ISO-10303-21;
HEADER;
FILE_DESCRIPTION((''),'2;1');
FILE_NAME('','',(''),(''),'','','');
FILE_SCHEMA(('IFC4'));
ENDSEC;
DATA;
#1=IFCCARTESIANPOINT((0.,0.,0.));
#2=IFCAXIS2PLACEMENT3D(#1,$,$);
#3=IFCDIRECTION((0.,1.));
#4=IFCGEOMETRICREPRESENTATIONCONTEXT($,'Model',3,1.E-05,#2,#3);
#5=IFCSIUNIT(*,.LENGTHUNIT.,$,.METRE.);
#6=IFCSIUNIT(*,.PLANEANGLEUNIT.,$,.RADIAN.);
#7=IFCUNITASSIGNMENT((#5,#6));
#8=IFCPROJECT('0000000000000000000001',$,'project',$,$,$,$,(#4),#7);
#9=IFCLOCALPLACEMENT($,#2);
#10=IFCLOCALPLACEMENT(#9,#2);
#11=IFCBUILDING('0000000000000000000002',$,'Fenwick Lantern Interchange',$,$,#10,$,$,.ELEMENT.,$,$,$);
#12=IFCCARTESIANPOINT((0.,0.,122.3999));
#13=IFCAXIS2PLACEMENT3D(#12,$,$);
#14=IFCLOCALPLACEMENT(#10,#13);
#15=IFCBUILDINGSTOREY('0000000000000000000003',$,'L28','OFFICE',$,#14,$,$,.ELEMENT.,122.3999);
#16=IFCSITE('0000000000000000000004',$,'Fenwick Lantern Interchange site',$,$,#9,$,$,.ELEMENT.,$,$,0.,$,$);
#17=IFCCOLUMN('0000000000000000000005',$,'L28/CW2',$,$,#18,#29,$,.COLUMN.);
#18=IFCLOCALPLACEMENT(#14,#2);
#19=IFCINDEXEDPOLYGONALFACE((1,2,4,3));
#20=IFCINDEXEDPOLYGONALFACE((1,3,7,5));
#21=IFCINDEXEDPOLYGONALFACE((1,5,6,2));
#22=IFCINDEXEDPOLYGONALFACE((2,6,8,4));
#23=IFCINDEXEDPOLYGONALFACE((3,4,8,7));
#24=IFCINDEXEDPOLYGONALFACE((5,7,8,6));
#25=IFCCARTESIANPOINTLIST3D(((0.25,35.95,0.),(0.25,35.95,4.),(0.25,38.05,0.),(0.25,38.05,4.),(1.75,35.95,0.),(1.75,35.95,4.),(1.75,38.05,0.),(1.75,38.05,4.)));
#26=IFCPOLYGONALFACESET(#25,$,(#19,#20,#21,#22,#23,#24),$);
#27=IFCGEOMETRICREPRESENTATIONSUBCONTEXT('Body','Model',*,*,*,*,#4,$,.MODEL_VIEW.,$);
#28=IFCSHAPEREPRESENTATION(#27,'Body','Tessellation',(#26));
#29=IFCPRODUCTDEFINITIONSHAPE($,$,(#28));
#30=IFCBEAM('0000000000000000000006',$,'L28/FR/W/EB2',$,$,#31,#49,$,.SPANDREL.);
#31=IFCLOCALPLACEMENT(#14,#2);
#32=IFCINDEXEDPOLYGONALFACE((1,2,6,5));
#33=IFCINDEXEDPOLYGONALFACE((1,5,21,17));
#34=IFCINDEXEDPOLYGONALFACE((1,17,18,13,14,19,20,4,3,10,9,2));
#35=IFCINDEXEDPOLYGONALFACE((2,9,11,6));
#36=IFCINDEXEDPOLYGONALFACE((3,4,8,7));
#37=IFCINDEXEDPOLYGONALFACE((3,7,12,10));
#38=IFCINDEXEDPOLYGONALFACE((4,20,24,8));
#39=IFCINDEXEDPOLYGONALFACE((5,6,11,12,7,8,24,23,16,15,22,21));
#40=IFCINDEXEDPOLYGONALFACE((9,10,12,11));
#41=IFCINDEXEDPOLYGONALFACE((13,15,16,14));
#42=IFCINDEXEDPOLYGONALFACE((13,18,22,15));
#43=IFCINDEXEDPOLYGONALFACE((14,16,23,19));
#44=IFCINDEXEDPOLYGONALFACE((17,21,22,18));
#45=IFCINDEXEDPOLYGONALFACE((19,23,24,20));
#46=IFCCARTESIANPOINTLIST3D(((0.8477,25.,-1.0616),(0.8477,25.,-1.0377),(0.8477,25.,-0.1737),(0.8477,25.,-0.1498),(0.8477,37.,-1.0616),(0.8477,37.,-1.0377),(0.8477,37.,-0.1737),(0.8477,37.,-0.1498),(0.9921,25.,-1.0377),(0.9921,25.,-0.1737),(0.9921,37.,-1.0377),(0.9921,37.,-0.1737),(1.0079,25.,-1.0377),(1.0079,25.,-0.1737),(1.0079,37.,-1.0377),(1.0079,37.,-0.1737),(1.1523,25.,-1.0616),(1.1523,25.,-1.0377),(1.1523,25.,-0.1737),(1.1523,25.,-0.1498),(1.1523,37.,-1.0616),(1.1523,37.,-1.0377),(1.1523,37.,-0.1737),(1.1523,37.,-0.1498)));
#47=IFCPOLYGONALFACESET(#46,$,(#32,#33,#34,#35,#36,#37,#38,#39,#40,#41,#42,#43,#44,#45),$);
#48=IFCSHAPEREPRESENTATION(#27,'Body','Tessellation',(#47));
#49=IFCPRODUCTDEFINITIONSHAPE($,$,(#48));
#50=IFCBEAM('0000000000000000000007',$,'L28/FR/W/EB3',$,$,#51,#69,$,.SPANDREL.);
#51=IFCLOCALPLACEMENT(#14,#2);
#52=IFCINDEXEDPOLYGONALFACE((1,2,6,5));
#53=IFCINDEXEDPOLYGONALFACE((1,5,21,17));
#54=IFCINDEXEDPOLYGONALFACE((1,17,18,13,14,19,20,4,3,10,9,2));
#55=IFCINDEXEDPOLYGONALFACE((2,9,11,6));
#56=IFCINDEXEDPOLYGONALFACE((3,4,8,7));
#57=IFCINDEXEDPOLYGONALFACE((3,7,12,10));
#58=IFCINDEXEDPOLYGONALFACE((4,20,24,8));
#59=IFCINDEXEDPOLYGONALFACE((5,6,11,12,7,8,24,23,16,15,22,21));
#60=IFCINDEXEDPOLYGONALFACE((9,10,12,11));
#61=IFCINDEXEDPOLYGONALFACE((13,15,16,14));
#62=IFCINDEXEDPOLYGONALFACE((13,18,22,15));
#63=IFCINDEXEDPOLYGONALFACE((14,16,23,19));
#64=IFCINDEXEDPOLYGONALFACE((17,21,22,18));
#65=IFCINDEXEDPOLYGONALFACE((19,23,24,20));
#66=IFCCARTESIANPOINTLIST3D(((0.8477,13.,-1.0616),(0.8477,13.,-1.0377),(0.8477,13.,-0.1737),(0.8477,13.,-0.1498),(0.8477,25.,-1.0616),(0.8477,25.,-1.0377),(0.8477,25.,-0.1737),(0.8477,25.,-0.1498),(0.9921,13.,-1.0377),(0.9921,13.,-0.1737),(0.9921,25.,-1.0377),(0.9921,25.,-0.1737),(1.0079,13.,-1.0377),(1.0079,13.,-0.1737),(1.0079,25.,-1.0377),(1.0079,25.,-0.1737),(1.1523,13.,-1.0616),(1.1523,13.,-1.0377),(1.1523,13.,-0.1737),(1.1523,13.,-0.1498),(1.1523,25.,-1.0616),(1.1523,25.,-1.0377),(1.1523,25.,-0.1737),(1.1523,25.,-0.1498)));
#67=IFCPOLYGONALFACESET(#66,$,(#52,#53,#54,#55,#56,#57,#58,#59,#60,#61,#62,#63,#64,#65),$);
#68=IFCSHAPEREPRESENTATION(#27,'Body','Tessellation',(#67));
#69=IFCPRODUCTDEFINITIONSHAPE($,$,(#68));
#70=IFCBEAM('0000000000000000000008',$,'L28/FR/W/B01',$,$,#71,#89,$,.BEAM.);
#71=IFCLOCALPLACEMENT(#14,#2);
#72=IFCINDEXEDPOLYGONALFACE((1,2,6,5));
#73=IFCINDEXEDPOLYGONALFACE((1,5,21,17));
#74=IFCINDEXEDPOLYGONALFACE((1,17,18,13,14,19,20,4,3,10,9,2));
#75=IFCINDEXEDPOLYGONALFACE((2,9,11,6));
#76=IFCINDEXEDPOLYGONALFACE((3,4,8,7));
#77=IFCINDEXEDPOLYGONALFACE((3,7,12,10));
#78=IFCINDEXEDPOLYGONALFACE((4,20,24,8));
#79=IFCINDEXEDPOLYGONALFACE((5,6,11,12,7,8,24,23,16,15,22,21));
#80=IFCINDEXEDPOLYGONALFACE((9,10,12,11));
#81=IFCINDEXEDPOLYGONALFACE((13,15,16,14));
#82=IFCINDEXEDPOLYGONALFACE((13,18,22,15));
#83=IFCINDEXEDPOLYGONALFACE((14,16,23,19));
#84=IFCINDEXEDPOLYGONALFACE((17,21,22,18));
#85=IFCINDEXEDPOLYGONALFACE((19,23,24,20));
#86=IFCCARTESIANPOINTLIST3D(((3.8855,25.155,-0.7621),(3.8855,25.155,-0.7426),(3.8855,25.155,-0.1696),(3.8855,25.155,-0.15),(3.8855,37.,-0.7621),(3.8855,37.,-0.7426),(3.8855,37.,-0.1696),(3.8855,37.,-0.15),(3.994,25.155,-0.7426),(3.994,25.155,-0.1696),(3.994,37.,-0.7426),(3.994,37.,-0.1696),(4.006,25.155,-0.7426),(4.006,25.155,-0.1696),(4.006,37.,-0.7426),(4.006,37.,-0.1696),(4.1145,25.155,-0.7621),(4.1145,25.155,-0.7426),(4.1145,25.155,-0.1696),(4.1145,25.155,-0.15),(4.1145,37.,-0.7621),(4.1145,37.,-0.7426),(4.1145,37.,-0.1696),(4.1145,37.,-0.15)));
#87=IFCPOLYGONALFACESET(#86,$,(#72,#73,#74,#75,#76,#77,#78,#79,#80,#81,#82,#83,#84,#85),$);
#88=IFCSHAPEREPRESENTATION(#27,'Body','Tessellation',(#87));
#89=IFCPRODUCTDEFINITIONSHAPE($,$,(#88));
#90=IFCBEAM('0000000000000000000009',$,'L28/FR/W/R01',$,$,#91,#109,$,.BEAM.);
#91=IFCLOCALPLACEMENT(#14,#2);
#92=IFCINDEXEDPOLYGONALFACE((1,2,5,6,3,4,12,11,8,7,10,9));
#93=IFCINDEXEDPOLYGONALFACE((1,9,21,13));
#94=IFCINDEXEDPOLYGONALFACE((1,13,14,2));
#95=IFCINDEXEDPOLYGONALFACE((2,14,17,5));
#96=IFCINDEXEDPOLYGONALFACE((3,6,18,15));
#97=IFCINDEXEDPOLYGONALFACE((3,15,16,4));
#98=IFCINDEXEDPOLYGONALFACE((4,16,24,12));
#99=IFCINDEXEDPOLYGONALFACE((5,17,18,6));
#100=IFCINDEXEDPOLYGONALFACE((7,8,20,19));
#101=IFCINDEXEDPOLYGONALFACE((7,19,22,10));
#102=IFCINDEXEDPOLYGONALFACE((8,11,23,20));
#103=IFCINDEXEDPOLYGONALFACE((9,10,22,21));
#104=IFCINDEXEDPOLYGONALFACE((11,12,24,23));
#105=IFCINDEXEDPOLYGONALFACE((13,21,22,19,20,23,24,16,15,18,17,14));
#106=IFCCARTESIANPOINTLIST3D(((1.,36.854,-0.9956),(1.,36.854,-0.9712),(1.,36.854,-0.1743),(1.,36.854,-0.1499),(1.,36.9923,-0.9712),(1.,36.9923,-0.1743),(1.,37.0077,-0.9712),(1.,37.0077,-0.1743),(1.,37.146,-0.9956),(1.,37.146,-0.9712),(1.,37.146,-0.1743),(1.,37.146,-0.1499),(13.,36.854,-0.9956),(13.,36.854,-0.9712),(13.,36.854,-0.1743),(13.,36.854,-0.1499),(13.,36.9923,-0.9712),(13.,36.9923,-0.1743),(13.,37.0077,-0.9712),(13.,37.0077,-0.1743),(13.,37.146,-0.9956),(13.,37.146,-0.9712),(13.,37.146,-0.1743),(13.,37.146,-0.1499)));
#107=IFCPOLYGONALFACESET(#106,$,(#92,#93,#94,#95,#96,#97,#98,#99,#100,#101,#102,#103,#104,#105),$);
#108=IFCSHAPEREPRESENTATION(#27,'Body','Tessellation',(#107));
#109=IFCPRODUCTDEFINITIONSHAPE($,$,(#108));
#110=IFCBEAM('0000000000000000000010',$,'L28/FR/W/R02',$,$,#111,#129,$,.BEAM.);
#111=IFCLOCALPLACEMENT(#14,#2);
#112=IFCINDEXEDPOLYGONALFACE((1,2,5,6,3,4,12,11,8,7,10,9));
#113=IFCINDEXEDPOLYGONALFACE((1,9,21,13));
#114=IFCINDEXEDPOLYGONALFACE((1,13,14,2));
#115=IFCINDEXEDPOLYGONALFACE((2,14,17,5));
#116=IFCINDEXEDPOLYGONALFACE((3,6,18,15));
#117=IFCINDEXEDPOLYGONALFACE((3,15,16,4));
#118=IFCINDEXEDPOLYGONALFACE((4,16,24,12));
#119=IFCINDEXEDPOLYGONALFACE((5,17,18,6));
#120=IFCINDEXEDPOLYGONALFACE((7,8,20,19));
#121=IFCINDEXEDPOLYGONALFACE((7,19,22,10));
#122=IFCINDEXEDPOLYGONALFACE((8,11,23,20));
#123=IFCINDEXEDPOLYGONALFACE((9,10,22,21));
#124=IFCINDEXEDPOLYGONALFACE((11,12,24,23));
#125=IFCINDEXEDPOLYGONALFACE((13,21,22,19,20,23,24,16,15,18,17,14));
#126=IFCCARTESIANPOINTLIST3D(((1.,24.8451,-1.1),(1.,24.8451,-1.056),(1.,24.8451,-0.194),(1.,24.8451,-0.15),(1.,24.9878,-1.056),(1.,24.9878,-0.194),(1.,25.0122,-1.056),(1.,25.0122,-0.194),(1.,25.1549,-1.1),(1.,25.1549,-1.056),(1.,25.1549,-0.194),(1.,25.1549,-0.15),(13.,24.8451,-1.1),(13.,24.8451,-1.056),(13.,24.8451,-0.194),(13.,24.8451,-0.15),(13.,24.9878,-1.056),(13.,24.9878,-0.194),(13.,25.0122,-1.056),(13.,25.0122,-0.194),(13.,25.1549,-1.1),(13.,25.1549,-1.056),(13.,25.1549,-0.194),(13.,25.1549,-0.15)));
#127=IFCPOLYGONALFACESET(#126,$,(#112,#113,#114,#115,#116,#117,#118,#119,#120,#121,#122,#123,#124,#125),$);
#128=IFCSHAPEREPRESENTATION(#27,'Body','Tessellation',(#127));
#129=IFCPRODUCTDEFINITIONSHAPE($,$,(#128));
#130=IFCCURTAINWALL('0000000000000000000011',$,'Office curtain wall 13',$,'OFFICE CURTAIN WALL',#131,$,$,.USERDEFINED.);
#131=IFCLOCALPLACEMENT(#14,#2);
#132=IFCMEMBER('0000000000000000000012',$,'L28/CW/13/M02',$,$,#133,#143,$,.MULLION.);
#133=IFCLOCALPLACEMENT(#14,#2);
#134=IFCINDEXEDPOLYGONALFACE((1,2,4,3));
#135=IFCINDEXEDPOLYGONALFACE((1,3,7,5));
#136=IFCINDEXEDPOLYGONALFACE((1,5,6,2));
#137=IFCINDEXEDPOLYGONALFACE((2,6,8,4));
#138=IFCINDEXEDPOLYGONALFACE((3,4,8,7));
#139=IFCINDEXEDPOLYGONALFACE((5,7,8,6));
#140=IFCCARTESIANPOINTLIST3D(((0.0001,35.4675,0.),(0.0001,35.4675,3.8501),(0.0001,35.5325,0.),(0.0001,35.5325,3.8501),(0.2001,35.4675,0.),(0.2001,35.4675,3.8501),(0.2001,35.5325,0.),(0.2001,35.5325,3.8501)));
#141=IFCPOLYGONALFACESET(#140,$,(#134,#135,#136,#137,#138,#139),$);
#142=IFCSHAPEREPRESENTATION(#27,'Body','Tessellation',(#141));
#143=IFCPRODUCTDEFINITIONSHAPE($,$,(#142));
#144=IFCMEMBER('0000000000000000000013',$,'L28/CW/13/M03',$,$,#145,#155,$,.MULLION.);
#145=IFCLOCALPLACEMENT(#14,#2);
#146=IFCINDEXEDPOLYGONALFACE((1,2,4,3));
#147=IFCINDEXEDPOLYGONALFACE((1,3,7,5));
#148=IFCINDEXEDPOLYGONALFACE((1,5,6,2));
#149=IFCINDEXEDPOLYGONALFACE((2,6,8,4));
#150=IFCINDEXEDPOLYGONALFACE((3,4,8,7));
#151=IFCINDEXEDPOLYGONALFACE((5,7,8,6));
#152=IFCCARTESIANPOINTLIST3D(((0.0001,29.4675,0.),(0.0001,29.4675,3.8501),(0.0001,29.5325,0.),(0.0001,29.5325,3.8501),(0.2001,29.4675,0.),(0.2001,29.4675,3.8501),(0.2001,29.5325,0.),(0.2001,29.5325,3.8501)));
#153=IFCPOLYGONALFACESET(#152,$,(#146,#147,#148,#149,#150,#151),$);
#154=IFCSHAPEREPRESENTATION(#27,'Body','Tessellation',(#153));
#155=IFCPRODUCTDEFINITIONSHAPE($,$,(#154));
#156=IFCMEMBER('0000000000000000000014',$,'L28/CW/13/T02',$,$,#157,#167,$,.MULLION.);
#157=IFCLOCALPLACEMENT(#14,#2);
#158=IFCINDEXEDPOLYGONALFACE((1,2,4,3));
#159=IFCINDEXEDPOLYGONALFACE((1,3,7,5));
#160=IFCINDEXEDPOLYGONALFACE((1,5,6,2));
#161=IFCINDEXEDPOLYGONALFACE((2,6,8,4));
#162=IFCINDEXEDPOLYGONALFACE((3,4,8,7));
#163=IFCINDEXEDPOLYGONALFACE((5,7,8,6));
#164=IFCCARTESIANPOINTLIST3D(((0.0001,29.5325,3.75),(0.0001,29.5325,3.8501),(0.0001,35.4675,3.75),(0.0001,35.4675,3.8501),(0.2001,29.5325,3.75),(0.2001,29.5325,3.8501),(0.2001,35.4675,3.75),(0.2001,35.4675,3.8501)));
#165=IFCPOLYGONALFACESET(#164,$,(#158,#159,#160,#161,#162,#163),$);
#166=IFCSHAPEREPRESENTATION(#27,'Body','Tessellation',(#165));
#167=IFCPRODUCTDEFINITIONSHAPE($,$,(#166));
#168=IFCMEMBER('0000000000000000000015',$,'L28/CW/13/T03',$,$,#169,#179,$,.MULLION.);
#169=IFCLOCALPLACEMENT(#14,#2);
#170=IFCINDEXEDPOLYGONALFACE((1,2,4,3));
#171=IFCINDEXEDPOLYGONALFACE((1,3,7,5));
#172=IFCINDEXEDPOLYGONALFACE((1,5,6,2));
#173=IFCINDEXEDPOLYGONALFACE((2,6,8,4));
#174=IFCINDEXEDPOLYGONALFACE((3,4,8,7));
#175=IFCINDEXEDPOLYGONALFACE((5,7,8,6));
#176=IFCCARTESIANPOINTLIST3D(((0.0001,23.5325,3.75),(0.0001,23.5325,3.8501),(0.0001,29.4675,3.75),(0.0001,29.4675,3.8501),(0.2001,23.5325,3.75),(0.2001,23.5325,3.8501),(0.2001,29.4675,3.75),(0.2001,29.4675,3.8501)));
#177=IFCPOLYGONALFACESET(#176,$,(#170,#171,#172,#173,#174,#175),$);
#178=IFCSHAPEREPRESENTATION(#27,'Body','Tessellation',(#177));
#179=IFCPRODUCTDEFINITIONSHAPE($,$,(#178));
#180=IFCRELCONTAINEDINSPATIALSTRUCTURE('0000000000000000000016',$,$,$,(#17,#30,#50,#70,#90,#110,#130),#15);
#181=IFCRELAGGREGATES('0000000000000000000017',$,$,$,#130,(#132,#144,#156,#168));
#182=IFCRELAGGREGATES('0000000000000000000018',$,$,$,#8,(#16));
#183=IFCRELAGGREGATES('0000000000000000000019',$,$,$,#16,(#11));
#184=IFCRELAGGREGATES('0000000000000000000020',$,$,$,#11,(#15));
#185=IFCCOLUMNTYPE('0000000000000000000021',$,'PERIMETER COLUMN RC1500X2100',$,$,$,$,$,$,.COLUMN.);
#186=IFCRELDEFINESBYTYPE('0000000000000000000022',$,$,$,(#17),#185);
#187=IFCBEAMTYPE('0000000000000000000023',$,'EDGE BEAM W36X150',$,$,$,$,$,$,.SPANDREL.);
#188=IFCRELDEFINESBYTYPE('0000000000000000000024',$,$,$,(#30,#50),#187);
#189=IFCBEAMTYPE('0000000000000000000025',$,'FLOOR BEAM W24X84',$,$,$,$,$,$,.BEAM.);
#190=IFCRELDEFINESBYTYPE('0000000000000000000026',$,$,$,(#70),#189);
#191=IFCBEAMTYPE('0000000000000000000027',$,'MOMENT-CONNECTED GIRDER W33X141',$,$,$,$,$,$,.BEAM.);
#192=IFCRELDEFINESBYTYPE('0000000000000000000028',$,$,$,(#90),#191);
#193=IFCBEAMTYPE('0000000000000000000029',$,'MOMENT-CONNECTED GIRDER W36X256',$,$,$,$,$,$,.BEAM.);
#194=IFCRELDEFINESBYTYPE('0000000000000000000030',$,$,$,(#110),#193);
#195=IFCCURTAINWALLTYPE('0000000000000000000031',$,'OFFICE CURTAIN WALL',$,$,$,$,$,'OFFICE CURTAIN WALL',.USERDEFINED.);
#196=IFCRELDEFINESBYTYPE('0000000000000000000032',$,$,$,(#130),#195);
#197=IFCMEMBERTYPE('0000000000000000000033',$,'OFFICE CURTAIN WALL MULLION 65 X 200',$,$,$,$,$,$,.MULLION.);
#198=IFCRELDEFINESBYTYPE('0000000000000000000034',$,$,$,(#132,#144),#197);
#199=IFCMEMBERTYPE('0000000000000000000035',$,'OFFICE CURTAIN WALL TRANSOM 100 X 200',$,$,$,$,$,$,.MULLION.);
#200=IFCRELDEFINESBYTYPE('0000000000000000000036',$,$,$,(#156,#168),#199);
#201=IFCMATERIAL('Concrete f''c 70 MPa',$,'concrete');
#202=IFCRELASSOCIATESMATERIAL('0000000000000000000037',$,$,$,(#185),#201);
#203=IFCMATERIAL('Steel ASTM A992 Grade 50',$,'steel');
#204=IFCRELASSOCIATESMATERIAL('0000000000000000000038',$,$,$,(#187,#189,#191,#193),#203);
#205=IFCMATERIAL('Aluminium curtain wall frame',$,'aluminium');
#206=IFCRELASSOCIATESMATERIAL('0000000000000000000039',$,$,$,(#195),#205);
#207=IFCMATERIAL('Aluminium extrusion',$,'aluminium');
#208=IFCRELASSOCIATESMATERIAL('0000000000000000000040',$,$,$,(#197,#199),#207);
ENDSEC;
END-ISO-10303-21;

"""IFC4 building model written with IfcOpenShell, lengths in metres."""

from ifc_helpers import new_model, si_unit, direction, frame, origin, origin_2d, place, context, subcontext, project, spatial, rectangle, i_section, extrude, material, material_profile, profile_set, type_object, element, aggregate, save


model = new_model("IFC4")

# Units and contexts
model_context = context("Model", 3, precision=1e-05, world=origin(), true_north=direction((0.0, 1.0)))
body_context = subcontext(model_context, "Body", "Model", "MODEL_VIEW")
ifc_project = project(units=[si_unit("LENGTHUNIT", "METRE"), si_unit("PLANEANGLEUNIT", "RADIAN")], contexts=[model_context])

# Site, building, storey
site_placement = place(None, origin())
site = spatial("IfcSite", under=ifc_project, at=site_placement, Name="Fenwick Lantern Interchange site", CompositionType="ELEMENT", RefElevation=0.0)
building_placement = place(site_placement, origin())
building = spatial("IfcBuilding", under=site, at=building_placement, Name="Fenwick Lantern Interchange", CompositionType="ELEMENT")
storey_placement = place(building_placement, frame((0.0, 0.0, 122.3999)))
storey = spatial("IfcBuildingStorey", under=building, at=storey_placement, Name="L28", Description="OFFICE", CompositionType="ELEMENT", Elevation=122.3999)

# Column
ifc_material_1 = material(Name="Concrete f'c 70 MPa", Category="concrete")
ifc_material_profile_1 = material_profile(ifc_material_1, rectangle(XDim=1.5, YDim=2.1001, at=origin_2d()), Name="RC1500X2100")
ifc_profile_set_1 = profile_set([ifc_material_profile_1], Name="Concrete f'c 70 MPa")
column_type = type_object("IfcColumnType", Name="PERIMETER COLUMN RC1500X2100", PredefinedType="COLUMN", material=ifc_profile_set_1)
column_placement = place(storey_placement, frame((1.0, 37.0, 0.0), z_axis=(0.0, 0.0, 1.0), x_axis=(1.0, 0.0, 0.0)))
element("IfcColumn", 1, at=column_placement, inside=storey, type_object=column_type, Name="L28/CW2", PredefinedType="COLUMN", context=body_context, shape_type="SweptSolid", body=[
    extrude(rectangle(XDim=1.5, YDim=2.1001, at=origin_2d()), origin(), (0.0, 0.0, 1.0), 4.0),
])

# Beams
ifc_material_2 = material(Name="Steel ASTM A992 Grade 50", Category="steel")
ifc_material_profile_2 = material_profile(ifc_material_2, i_section(OverallWidth=0.3047, OverallDepth=0.9119, WebThickness=0.0159, FlangeThickness=0.0239, at=origin_2d()), Name="W36X150")
ifc_profile_set_2 = profile_set([ifc_material_profile_2], Name="Steel ASTM A992 Grade 50")
beam_type_1 = type_object("IfcBeamType", Name="EDGE BEAM W36X150", PredefinedType="SPANDREL", material=ifc_profile_set_2)
for number, where, z_axis, x_axis, name in (
    (2, (1.0, 37.0, -0.6057), (0.0, -1.0, 0.0), (1.0, 0.0, 0.0), "L28/FR/W/EB2"),
    (3, (1.0, 25.0, -0.6057), (0.0, -1.0, 0.0), (1.0, 0.0, 0.0), "L28/FR/W/EB3"),
):
    element("IfcBeam", number, at=place(storey_placement, frame(where, z_axis=z_axis, x_axis=x_axis)), inside=storey, type_object=beam_type_1, Name=name, PredefinedType="SPANDREL", context=body_context, shape_type="SweptSolid", body=[
        extrude(i_section(OverallWidth=0.3047, OverallDepth=0.9119, WebThickness=0.0159, FlangeThickness=0.0239, at=origin_2d()), origin(), (0.0, 0.0, 1.0), 12.0),
    ])
ifc_material_profile_3 = material_profile(ifc_material_2, i_section(OverallWidth=0.229, OverallDepth=0.6121, WebThickness=0.012, FlangeThickness=0.0195, at=origin_2d()), Name="W24X84")
ifc_profile_set_3 = profile_set([ifc_material_profile_3], Name="Steel ASTM A992 Grade 50")
beam_type_2 = type_object("IfcBeamType", Name="FLOOR BEAM W24X84", PredefinedType="BEAM", material=ifc_profile_set_3)
beam_1_placement = place(storey_placement, frame((4.0, 37.0, -0.4561), z_axis=(0.0, -1.0, 0.0), x_axis=(1.0, 0.0, 0.0)))
element("IfcBeam", 4, at=beam_1_placement, inside=storey, type_object=beam_type_2, Name="L28/FR/W/B01", PredefinedType="BEAM", context=body_context, shape_type="SweptSolid", body=[
    extrude(i_section(OverallWidth=0.229, OverallDepth=0.6121, WebThickness=0.012, FlangeThickness=0.0195, at=origin_2d()), origin(), (0.0, 0.0, 1.0), 11.845),
])
ifc_material_profile_4 = material_profile(ifc_material_2, i_section(OverallWidth=0.292, OverallDepth=0.8457, WebThickness=0.0154, FlangeThickness=0.0244, at=origin_2d()), Name="W33X141")
ifc_profile_set_4 = profile_set([ifc_material_profile_4], Name="Steel ASTM A992 Grade 50")
beam_type_3 = type_object("IfcBeamType", Name="MOMENT-CONNECTED GIRDER W33X141", PredefinedType="BEAM", material=ifc_profile_set_4)
beam_2_placement = place(storey_placement, frame((1.0, 37.0, -0.5728), z_axis=(1.0, 0.0, 0.0), x_axis=(0.0, 1.0, 0.0)))
element("IfcBeam", 5, at=beam_2_placement, inside=storey, type_object=beam_type_3, Name="L28/FR/W/R01", PredefinedType="BEAM", context=body_context, shape_type="SweptSolid", body=[
    extrude(i_section(OverallWidth=0.292, OverallDepth=0.8457, WebThickness=0.0154, FlangeThickness=0.0244, at=origin_2d()), origin(), (0.0, 0.0, 1.0), 12.0),
])
ifc_material_profile_5 = material_profile(ifc_material_2, i_section(OverallWidth=0.3098, OverallDepth=0.95, WebThickness=0.0244, FlangeThickness=0.0439, at=origin_2d()), Name="W36X256")
ifc_profile_set_5 = profile_set([ifc_material_profile_5], Name="Steel ASTM A992 Grade 50")
beam_type_4 = type_object("IfcBeamType", Name="MOMENT-CONNECTED GIRDER W36X256", PredefinedType="BEAM", material=ifc_profile_set_5)
beam_3_placement = place(storey_placement, frame((1.0, 25.0, -0.625), z_axis=(1.0, 0.0, 0.0), x_axis=(0.0, 1.0, 0.0)))
element("IfcBeam", 6, at=beam_3_placement, inside=storey, type_object=beam_type_4, Name="L28/FR/W/R02", PredefinedType="BEAM", context=body_context, shape_type="SweptSolid", body=[
    extrude(i_section(OverallWidth=0.3098, OverallDepth=0.95, WebThickness=0.0244, FlangeThickness=0.0439, at=origin_2d()), origin(), (0.0, 0.0, 1.0), 12.0),
])

# Curtain wall, members
ifc_material_3 = material(Name="Aluminium curtain wall frame", Category="aluminium")
curtain_wall_type = type_object("IfcCurtainWallType", Name="OFFICE CURTAIN WALL", ElementType="OFFICE CURTAIN WALL", PredefinedType="USERDEFINED", material=ifc_material_3)
curtain_wall_placement = place(storey_placement, origin())
curtain_wall = element("IfcCurtainWall", 7, at=curtain_wall_placement, inside=storey, type_object=curtain_wall_type, Name="Office curtain wall 13", ObjectType="OFFICE CURTAIN WALL", PredefinedType="USERDEFINED")
ifc_material_4 = material(Name="Aluminium extrusion", Category="aluminium")
ifc_material_profile_6 = material_profile(ifc_material_4, rectangle(XDim=0.2, YDim=0.0649, at=origin_2d()), Name="OFFICE CURTAIN WALL MULLION 65 X 200")
ifc_profile_set_6 = profile_set([ifc_material_profile_6], Name="Aluminium extrusion")
member_type_1 = type_object("IfcMemberType", Name="OFFICE CURTAIN WALL MULLION 65 X 200", PredefinedType="MULLION", material=ifc_profile_set_6)
member_1_placement = place(storey_placement, frame((0.1001, 35.5, 0.0), z_axis=(0.0, 0.0, 1.0), x_axis=(1.0, 0.0, 0.0)))
member_1 = element("IfcMember", 8, at=member_1_placement, type_object=member_type_1, Name="L28/CW/13/M02", PredefinedType="MULLION", context=body_context, shape_type="SweptSolid", body=[
    extrude(rectangle(XDim=0.2, YDim=0.0649, at=origin_2d()), origin(), (0.0, 0.0, 1.0), 3.8501),
])
member_2_placement = place(storey_placement, frame((0.1001, 29.5, 0.0), z_axis=(0.0, 0.0, 1.0), x_axis=(1.0, 0.0, 0.0)))
member_2 = element("IfcMember", 9, at=member_2_placement, type_object=member_type_1, Name="L28/CW/13/M03", PredefinedType="MULLION", context=body_context, shape_type="SweptSolid", body=[
    extrude(rectangle(XDim=0.2, YDim=0.0649, at=origin_2d()), origin(), (0.0, 0.0, 1.0), 3.8501),
])
ifc_material_profile_7 = material_profile(ifc_material_4, rectangle(XDim=0.2, YDim=0.1001, at=origin_2d()), Name="OFFICE CURTAIN WALL TRANSOM 100 X 200")
ifc_profile_set_7 = profile_set([ifc_material_profile_7], Name="Aluminium extrusion")
member_type_2 = type_object("IfcMemberType", Name="OFFICE CURTAIN WALL TRANSOM 100 X 200", PredefinedType="MULLION", material=ifc_profile_set_7)
member_3_placement = place(storey_placement, frame((0.1001, 35.4675, 3.8), z_axis=(0.0, -1.0, 0.0), x_axis=(1.0, 0.0, 0.0)))
member_3 = element("IfcMember", 10, at=member_3_placement, type_object=member_type_2, Name="L28/CW/13/T02", PredefinedType="MULLION", context=body_context, shape_type="SweptSolid", body=[
    extrude(rectangle(XDim=0.2, YDim=0.1001, at=origin_2d()), origin(), (0.0, 0.0, 1.0), 5.9351),
])
member_4_placement = place(storey_placement, frame((0.1001, 29.4675, 3.8), z_axis=(0.0, -1.0, 0.0), x_axis=(1.0, 0.0, 0.0)))
member_4 = element("IfcMember", 11, at=member_4_placement, type_object=member_type_2, Name="L28/CW/13/T03", PredefinedType="MULLION", context=body_context, shape_type="SweptSolid", body=[
    extrude(rectangle(XDim=0.2, YDim=0.1001, at=origin_2d()), origin(), (0.0, 0.0, 1.0), 5.9351),
])
aggregate(curtain_wall, [member_1, member_2, member_3, member_4])

save(model, "model.ifc")
